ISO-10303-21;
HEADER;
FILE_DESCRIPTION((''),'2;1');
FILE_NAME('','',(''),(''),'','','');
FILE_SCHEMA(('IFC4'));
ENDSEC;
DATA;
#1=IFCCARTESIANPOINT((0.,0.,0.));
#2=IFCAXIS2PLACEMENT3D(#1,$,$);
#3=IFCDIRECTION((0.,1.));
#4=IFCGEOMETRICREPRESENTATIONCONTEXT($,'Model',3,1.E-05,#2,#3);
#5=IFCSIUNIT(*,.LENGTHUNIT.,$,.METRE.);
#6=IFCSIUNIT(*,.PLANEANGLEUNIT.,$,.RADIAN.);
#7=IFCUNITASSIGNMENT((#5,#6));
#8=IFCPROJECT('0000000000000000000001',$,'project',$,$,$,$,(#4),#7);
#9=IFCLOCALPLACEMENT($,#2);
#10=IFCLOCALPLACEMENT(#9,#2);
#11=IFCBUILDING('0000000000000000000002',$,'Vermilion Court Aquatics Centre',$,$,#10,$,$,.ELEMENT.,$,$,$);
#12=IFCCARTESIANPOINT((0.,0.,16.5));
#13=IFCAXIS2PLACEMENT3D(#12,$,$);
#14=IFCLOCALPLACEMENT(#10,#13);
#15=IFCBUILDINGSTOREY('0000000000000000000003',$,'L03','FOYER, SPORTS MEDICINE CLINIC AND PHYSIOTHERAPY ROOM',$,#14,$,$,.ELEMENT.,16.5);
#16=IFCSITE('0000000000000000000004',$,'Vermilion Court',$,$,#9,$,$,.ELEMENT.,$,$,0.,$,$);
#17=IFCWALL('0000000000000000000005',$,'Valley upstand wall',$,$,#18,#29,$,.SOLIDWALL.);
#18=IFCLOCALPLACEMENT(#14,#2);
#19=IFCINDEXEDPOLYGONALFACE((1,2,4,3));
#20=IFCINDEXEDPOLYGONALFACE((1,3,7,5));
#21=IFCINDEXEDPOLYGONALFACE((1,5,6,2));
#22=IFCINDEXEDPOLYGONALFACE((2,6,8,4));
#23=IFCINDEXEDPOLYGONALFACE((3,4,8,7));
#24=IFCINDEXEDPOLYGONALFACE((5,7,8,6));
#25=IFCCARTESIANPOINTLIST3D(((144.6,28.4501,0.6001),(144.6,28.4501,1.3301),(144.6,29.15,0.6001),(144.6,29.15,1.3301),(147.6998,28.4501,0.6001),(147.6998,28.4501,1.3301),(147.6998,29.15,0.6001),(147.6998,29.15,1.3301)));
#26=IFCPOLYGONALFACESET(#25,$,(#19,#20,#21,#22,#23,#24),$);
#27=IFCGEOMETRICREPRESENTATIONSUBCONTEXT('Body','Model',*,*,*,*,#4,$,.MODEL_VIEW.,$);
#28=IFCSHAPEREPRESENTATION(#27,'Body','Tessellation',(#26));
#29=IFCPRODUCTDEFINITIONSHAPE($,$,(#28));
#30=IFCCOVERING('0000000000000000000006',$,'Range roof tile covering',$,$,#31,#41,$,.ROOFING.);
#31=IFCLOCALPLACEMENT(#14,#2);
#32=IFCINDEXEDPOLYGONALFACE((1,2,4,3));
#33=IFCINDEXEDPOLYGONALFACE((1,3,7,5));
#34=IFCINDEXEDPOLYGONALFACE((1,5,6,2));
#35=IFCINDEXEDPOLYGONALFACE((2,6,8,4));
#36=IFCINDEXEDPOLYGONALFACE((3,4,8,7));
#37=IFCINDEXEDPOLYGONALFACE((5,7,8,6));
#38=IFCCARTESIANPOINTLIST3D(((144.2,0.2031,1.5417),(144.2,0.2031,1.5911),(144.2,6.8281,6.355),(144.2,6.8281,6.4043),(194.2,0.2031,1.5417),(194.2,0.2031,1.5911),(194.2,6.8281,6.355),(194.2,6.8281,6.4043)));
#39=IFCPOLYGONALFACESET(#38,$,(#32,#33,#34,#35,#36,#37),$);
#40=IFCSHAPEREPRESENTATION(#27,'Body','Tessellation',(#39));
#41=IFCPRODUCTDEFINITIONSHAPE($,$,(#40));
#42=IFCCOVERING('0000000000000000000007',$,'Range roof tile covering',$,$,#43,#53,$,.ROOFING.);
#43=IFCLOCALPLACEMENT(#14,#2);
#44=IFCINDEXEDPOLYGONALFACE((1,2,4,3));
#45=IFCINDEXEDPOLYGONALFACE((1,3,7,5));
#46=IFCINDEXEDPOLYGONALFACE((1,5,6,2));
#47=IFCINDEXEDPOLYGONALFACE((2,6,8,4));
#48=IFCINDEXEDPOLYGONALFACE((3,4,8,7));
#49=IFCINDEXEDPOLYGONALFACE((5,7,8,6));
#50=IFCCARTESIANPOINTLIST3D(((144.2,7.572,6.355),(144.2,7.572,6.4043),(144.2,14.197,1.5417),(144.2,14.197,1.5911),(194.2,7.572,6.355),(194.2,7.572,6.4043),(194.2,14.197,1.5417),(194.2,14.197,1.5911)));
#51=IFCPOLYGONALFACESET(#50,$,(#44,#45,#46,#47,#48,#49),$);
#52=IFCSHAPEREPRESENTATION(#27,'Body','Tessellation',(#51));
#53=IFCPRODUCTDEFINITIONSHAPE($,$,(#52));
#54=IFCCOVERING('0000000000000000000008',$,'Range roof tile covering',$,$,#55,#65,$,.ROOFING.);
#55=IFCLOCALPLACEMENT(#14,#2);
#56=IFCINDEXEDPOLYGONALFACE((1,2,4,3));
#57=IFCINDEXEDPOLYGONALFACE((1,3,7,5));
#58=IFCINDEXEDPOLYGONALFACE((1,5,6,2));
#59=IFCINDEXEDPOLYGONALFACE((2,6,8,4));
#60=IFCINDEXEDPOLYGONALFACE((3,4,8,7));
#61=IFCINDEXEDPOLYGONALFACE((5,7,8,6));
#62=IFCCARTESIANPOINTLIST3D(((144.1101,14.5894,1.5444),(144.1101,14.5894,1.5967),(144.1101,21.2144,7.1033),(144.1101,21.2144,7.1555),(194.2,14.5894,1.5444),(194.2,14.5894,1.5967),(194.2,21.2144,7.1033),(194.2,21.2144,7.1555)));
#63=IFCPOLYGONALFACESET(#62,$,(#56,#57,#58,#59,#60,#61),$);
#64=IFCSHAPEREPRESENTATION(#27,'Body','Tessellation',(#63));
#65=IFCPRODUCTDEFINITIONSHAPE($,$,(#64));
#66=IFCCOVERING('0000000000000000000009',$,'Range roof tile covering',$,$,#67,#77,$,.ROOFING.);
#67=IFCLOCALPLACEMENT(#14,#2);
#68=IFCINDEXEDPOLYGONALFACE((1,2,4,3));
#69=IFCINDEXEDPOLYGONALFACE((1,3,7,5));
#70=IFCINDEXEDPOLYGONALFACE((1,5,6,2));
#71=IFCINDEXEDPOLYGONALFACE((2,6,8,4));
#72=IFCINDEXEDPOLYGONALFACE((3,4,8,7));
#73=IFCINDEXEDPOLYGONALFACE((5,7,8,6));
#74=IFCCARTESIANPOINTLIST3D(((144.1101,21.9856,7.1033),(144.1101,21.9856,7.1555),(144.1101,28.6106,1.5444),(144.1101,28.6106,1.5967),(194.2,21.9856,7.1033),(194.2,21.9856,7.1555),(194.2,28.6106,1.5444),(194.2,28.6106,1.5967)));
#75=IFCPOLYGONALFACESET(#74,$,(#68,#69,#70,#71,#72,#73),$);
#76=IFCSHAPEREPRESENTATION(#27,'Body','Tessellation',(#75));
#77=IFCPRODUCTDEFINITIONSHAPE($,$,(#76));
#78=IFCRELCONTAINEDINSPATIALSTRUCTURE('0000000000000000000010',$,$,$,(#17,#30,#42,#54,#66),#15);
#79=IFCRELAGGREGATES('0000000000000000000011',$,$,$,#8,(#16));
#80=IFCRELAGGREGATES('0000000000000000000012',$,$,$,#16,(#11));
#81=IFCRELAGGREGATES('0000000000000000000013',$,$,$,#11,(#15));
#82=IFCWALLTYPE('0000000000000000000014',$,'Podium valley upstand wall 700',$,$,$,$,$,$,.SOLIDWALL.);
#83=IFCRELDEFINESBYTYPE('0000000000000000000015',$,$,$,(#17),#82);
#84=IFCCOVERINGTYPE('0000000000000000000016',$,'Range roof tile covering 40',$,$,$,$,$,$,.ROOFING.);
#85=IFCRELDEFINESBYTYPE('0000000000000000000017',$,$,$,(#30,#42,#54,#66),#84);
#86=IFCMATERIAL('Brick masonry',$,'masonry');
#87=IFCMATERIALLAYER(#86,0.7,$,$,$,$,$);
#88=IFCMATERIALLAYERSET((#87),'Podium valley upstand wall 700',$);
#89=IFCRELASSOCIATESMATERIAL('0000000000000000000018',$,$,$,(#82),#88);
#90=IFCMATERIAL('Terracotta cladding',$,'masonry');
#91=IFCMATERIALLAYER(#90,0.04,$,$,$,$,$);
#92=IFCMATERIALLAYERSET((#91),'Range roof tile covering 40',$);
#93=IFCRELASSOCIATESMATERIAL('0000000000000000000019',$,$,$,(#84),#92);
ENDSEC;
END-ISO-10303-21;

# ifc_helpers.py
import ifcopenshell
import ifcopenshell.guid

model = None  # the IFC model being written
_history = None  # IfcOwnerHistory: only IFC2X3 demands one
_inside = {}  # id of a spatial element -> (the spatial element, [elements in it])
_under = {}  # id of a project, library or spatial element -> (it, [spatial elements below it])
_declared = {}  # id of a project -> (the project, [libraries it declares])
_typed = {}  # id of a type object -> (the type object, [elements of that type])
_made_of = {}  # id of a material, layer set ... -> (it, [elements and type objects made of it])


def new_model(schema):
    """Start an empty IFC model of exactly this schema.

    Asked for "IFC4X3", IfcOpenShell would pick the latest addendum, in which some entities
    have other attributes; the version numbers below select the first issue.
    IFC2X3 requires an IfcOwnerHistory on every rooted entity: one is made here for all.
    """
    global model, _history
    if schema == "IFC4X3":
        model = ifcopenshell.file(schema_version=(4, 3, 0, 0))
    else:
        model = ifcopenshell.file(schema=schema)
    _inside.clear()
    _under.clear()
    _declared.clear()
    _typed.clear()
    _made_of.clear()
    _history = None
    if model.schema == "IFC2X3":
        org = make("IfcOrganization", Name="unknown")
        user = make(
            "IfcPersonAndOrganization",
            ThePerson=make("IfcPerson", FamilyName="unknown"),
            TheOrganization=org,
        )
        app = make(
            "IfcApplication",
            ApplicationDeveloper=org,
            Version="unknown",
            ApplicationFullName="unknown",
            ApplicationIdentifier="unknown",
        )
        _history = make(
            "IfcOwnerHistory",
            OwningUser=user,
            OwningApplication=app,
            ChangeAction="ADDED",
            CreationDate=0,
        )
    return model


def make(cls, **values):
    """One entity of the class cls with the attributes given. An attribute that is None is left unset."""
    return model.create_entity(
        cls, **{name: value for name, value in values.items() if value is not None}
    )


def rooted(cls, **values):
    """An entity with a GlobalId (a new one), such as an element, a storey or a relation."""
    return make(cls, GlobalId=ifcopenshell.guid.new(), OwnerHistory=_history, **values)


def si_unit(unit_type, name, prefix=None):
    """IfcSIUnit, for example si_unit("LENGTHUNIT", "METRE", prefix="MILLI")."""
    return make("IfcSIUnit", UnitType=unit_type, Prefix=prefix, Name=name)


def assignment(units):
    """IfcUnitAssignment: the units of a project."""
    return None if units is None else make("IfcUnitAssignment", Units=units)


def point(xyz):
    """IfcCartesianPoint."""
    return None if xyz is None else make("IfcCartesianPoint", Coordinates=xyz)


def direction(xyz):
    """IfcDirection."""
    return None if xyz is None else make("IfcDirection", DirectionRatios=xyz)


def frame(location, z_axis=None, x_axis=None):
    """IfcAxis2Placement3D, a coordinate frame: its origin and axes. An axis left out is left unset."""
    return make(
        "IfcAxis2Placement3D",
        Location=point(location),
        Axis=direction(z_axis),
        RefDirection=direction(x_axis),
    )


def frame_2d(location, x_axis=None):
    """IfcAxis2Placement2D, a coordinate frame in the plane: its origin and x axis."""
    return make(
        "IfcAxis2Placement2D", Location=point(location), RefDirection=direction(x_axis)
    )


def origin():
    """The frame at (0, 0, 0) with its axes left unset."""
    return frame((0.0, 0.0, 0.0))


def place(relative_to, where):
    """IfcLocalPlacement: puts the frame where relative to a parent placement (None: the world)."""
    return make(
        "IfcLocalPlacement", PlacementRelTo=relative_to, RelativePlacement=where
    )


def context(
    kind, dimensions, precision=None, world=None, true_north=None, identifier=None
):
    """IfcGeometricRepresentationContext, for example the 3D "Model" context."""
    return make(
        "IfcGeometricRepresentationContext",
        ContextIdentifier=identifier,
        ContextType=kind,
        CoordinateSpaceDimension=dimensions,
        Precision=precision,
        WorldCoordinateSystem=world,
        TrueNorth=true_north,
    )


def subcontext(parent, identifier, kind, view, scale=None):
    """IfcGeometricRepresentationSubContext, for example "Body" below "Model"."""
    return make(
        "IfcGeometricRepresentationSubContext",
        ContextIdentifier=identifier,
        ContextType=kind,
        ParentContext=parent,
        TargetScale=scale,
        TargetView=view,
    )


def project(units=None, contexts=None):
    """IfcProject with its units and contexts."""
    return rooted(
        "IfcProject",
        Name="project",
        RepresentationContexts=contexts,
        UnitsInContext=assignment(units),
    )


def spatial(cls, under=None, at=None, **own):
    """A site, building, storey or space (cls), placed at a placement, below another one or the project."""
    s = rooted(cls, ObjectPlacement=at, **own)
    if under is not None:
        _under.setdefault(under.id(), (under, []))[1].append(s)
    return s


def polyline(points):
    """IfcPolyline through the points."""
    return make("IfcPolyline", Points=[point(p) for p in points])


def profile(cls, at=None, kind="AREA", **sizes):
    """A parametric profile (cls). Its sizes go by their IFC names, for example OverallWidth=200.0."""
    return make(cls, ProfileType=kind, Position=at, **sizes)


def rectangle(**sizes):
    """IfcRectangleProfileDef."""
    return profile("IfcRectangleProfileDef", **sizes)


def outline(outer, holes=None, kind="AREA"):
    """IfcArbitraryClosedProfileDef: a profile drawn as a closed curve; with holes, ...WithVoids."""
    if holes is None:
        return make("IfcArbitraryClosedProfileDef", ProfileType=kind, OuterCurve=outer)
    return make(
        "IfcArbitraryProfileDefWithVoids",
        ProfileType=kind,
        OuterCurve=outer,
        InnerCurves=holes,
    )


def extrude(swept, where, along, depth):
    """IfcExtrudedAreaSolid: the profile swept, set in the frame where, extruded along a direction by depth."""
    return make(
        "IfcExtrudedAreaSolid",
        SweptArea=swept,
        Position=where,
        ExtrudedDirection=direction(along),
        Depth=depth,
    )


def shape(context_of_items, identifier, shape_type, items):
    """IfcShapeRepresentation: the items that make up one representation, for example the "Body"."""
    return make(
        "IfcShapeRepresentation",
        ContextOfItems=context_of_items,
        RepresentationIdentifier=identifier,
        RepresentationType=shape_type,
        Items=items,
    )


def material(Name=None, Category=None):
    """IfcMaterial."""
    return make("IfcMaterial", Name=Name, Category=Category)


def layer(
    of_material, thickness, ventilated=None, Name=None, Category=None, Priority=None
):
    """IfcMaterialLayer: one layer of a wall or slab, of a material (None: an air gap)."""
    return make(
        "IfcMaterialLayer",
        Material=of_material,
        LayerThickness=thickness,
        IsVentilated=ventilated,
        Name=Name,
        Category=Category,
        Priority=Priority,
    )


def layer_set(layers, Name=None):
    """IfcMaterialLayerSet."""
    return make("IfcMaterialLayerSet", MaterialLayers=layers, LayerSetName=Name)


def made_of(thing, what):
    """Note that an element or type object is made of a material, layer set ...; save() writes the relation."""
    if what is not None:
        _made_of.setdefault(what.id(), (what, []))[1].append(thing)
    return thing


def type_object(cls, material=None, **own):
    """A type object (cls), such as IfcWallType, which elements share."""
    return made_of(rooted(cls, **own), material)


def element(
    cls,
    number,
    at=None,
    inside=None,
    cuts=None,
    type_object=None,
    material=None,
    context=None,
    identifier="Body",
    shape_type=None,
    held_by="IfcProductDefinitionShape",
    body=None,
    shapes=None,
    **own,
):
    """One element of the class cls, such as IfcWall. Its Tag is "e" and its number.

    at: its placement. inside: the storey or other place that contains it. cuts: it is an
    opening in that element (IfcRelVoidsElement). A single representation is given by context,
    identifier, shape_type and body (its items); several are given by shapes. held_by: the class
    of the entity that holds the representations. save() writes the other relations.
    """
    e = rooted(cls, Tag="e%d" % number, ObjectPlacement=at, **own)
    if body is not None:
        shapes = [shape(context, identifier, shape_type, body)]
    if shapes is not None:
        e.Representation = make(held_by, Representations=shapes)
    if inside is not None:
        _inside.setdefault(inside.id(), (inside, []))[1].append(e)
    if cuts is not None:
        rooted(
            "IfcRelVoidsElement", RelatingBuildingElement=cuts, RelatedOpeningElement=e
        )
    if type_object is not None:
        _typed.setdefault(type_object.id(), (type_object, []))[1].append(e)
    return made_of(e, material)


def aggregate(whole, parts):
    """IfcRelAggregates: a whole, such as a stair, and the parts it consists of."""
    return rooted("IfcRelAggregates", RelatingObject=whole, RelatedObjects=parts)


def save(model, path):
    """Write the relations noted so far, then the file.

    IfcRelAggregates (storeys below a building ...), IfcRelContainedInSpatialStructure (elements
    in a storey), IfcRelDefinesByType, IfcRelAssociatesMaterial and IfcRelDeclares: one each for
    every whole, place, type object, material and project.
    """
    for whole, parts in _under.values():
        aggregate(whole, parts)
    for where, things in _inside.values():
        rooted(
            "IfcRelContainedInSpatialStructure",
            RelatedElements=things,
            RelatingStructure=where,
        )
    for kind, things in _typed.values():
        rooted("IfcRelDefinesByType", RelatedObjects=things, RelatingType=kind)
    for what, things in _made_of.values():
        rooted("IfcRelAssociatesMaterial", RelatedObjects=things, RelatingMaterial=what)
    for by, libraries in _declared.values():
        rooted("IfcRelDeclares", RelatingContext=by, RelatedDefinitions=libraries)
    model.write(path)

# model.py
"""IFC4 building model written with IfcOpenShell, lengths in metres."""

from ifc_helpers import new_model, si_unit, direction, frame, frame_2d, origin, place, context, subcontext, project, spatial, polyline, rectangle, outline, extrude, material, layer, layer_set, type_object, element, save


model = new_model("IFC4")

# Units and contexts
model_context = context("Model", 3, precision=1e-05, world=origin(), true_north=direction((0.0, 1.0)))
body_context = subcontext(model_context, "Body", "Model", "MODEL_VIEW")
ifc_project = project(units=[si_unit("LENGTHUNIT", "METRE"), si_unit("PLANEANGLEUNIT", "RADIAN")], contexts=[model_context])

# Site, building, storey
site_placement = place(None, origin())
site = spatial("IfcSite", under=ifc_project, at=site_placement, Name="Vermilion Court", CompositionType="ELEMENT", RefElevation=0.0)
building_placement = place(site_placement, origin())
building = spatial("IfcBuilding", under=site, at=building_placement, Name="Vermilion Court Aquatics Centre", CompositionType="ELEMENT")
storey_placement = place(building_placement, frame((0.0, 0.0, 16.5)))
storey = spatial("IfcBuildingStorey", under=building, at=storey_placement, Name="L03", Description="FOYER, SPORTS MEDICINE CLINIC AND PHYSIOTHERAPY ROOM", CompositionType="ELEMENT", Elevation=16.5)

# Wall
ifc_material_1 = material(Name="Brick masonry", Category="masonry")
ifc_layer_1 = layer(ifc_material_1, 0.7)
ifc_layer_set_1 = layer_set([ifc_layer_1], Name="Podium valley upstand wall 700")
wall_type_1 = type_object("IfcWallType", Name="Podium valley upstand wall 700", PredefinedType="SOLIDWALL", material=ifc_layer_set_1)
wall_1_placement = place(storey_placement, frame((144.6001, 28.8, 0.6001), z_axis=(0.0, 0.0, 1.0), x_axis=(1.0, 0.0, 0.0)))
element("IfcWall", 1, at=wall_1_placement, inside=storey, type_object=wall_type_1, Name="Valley upstand wall", PredefinedType="SOLIDWALL", context=body_context, shape_type="SweptSolid", body=[
    extrude(rectangle(XDim=3.0999, YDim=0.7, at=frame_2d((1.5498, 0.0))), origin(), (0.0, 0.0, 1.0), 0.73),
])

# Coverings
ifc_material_2 = material(Name="Terracotta cladding", Category="masonry")
ifc_layer_2 = layer(ifc_material_2, 0.04)
ifc_layer_set_2 = layer_set([ifc_layer_2], Name="Range roof tile covering 40")
covering_type = type_object("IfcCoveringType", Name="Range roof tile covering 40", PredefinedType="ROOFING", material=ifc_layer_set_2)
covering_1_placement = place(storey_placement, frame((144.2, 0.2031, 1.5911), z_axis=(0.0, -0.587776, 0.809023), x_axis=(1.0, 0.0, 0.0)))
element("IfcCovering", 2, at=covering_1_placement, inside=storey, type_object=covering_type, Name="Range roof tile covering", PredefinedType="ROOFING", context=body_context, shape_type="SweptSolid", body=[
    extrude(outline(polyline([(0.0, 0.0), (50.0, 0.0), (50.0, 8.1889), (0.0, 8.1889), (0.0, 0.0)])), origin(), (0.0, -0.587776, -0.809023), 0.0493),
])
covering_2_placement = place(storey_placement, frame((144.2, 14.197, 1.5911), z_axis=(0.0, 0.587776, 0.809023), x_axis=(1.0, 0.0, 0.0)))
element("IfcCovering", 3, at=covering_2_placement, inside=storey, type_object=covering_type, Name="Range roof tile covering", PredefinedType="ROOFING", context=body_context, shape_type="SweptSolid", body=[
    extrude(outline(polyline([(0.0, 0.0), (50.0, 0.0), (50.0, -8.1889), (0.0, -8.1889), (0.0, 0.0)])), origin(), (0.0, 0.587776, -0.809023), 0.0493),
])
covering_3_placement = place(storey_placement, frame((144.1101, 14.5894, 1.5967), z_axis=(0.0, -0.642774, 0.766056), x_axis=(1.0, 0.0, 0.0)))
element("IfcCovering", 4, at=covering_3_placement, inside=storey, type_object=covering_type, Name="Range roof tile covering", PredefinedType="ROOFING", context=body_context, shape_type="SweptSolid", body=[
    extrude(outline(polyline([(0.0, 0.0), (50.0898, 0.0), (50.0898, 8.6482), (0.0, 8.6482), (0.0, 0.0)])), origin(), (0.0, -0.642774, -0.766056), 0.0522),
])
covering_4_placement = place(storey_placement, frame((144.1101, 28.6106, 1.5967), z_axis=(0.0, 0.642774, 0.766056), x_axis=(1.0, 0.0, 0.0)))
element("IfcCovering", 5, at=covering_4_placement, inside=storey, type_object=covering_type, Name="Range roof tile covering", PredefinedType="ROOFING", context=body_context, shape_type="SweptSolid", body=[
    extrude(outline(polyline([(0.0, 0.0), (50.0898, 0.0), (50.0898, -8.6482), (0.0, -8.6482), (0.0, 0.0)])), origin(), (0.0, 0.642774, -0.766056), 0.0522),
])

save(model, "model.ifc")
